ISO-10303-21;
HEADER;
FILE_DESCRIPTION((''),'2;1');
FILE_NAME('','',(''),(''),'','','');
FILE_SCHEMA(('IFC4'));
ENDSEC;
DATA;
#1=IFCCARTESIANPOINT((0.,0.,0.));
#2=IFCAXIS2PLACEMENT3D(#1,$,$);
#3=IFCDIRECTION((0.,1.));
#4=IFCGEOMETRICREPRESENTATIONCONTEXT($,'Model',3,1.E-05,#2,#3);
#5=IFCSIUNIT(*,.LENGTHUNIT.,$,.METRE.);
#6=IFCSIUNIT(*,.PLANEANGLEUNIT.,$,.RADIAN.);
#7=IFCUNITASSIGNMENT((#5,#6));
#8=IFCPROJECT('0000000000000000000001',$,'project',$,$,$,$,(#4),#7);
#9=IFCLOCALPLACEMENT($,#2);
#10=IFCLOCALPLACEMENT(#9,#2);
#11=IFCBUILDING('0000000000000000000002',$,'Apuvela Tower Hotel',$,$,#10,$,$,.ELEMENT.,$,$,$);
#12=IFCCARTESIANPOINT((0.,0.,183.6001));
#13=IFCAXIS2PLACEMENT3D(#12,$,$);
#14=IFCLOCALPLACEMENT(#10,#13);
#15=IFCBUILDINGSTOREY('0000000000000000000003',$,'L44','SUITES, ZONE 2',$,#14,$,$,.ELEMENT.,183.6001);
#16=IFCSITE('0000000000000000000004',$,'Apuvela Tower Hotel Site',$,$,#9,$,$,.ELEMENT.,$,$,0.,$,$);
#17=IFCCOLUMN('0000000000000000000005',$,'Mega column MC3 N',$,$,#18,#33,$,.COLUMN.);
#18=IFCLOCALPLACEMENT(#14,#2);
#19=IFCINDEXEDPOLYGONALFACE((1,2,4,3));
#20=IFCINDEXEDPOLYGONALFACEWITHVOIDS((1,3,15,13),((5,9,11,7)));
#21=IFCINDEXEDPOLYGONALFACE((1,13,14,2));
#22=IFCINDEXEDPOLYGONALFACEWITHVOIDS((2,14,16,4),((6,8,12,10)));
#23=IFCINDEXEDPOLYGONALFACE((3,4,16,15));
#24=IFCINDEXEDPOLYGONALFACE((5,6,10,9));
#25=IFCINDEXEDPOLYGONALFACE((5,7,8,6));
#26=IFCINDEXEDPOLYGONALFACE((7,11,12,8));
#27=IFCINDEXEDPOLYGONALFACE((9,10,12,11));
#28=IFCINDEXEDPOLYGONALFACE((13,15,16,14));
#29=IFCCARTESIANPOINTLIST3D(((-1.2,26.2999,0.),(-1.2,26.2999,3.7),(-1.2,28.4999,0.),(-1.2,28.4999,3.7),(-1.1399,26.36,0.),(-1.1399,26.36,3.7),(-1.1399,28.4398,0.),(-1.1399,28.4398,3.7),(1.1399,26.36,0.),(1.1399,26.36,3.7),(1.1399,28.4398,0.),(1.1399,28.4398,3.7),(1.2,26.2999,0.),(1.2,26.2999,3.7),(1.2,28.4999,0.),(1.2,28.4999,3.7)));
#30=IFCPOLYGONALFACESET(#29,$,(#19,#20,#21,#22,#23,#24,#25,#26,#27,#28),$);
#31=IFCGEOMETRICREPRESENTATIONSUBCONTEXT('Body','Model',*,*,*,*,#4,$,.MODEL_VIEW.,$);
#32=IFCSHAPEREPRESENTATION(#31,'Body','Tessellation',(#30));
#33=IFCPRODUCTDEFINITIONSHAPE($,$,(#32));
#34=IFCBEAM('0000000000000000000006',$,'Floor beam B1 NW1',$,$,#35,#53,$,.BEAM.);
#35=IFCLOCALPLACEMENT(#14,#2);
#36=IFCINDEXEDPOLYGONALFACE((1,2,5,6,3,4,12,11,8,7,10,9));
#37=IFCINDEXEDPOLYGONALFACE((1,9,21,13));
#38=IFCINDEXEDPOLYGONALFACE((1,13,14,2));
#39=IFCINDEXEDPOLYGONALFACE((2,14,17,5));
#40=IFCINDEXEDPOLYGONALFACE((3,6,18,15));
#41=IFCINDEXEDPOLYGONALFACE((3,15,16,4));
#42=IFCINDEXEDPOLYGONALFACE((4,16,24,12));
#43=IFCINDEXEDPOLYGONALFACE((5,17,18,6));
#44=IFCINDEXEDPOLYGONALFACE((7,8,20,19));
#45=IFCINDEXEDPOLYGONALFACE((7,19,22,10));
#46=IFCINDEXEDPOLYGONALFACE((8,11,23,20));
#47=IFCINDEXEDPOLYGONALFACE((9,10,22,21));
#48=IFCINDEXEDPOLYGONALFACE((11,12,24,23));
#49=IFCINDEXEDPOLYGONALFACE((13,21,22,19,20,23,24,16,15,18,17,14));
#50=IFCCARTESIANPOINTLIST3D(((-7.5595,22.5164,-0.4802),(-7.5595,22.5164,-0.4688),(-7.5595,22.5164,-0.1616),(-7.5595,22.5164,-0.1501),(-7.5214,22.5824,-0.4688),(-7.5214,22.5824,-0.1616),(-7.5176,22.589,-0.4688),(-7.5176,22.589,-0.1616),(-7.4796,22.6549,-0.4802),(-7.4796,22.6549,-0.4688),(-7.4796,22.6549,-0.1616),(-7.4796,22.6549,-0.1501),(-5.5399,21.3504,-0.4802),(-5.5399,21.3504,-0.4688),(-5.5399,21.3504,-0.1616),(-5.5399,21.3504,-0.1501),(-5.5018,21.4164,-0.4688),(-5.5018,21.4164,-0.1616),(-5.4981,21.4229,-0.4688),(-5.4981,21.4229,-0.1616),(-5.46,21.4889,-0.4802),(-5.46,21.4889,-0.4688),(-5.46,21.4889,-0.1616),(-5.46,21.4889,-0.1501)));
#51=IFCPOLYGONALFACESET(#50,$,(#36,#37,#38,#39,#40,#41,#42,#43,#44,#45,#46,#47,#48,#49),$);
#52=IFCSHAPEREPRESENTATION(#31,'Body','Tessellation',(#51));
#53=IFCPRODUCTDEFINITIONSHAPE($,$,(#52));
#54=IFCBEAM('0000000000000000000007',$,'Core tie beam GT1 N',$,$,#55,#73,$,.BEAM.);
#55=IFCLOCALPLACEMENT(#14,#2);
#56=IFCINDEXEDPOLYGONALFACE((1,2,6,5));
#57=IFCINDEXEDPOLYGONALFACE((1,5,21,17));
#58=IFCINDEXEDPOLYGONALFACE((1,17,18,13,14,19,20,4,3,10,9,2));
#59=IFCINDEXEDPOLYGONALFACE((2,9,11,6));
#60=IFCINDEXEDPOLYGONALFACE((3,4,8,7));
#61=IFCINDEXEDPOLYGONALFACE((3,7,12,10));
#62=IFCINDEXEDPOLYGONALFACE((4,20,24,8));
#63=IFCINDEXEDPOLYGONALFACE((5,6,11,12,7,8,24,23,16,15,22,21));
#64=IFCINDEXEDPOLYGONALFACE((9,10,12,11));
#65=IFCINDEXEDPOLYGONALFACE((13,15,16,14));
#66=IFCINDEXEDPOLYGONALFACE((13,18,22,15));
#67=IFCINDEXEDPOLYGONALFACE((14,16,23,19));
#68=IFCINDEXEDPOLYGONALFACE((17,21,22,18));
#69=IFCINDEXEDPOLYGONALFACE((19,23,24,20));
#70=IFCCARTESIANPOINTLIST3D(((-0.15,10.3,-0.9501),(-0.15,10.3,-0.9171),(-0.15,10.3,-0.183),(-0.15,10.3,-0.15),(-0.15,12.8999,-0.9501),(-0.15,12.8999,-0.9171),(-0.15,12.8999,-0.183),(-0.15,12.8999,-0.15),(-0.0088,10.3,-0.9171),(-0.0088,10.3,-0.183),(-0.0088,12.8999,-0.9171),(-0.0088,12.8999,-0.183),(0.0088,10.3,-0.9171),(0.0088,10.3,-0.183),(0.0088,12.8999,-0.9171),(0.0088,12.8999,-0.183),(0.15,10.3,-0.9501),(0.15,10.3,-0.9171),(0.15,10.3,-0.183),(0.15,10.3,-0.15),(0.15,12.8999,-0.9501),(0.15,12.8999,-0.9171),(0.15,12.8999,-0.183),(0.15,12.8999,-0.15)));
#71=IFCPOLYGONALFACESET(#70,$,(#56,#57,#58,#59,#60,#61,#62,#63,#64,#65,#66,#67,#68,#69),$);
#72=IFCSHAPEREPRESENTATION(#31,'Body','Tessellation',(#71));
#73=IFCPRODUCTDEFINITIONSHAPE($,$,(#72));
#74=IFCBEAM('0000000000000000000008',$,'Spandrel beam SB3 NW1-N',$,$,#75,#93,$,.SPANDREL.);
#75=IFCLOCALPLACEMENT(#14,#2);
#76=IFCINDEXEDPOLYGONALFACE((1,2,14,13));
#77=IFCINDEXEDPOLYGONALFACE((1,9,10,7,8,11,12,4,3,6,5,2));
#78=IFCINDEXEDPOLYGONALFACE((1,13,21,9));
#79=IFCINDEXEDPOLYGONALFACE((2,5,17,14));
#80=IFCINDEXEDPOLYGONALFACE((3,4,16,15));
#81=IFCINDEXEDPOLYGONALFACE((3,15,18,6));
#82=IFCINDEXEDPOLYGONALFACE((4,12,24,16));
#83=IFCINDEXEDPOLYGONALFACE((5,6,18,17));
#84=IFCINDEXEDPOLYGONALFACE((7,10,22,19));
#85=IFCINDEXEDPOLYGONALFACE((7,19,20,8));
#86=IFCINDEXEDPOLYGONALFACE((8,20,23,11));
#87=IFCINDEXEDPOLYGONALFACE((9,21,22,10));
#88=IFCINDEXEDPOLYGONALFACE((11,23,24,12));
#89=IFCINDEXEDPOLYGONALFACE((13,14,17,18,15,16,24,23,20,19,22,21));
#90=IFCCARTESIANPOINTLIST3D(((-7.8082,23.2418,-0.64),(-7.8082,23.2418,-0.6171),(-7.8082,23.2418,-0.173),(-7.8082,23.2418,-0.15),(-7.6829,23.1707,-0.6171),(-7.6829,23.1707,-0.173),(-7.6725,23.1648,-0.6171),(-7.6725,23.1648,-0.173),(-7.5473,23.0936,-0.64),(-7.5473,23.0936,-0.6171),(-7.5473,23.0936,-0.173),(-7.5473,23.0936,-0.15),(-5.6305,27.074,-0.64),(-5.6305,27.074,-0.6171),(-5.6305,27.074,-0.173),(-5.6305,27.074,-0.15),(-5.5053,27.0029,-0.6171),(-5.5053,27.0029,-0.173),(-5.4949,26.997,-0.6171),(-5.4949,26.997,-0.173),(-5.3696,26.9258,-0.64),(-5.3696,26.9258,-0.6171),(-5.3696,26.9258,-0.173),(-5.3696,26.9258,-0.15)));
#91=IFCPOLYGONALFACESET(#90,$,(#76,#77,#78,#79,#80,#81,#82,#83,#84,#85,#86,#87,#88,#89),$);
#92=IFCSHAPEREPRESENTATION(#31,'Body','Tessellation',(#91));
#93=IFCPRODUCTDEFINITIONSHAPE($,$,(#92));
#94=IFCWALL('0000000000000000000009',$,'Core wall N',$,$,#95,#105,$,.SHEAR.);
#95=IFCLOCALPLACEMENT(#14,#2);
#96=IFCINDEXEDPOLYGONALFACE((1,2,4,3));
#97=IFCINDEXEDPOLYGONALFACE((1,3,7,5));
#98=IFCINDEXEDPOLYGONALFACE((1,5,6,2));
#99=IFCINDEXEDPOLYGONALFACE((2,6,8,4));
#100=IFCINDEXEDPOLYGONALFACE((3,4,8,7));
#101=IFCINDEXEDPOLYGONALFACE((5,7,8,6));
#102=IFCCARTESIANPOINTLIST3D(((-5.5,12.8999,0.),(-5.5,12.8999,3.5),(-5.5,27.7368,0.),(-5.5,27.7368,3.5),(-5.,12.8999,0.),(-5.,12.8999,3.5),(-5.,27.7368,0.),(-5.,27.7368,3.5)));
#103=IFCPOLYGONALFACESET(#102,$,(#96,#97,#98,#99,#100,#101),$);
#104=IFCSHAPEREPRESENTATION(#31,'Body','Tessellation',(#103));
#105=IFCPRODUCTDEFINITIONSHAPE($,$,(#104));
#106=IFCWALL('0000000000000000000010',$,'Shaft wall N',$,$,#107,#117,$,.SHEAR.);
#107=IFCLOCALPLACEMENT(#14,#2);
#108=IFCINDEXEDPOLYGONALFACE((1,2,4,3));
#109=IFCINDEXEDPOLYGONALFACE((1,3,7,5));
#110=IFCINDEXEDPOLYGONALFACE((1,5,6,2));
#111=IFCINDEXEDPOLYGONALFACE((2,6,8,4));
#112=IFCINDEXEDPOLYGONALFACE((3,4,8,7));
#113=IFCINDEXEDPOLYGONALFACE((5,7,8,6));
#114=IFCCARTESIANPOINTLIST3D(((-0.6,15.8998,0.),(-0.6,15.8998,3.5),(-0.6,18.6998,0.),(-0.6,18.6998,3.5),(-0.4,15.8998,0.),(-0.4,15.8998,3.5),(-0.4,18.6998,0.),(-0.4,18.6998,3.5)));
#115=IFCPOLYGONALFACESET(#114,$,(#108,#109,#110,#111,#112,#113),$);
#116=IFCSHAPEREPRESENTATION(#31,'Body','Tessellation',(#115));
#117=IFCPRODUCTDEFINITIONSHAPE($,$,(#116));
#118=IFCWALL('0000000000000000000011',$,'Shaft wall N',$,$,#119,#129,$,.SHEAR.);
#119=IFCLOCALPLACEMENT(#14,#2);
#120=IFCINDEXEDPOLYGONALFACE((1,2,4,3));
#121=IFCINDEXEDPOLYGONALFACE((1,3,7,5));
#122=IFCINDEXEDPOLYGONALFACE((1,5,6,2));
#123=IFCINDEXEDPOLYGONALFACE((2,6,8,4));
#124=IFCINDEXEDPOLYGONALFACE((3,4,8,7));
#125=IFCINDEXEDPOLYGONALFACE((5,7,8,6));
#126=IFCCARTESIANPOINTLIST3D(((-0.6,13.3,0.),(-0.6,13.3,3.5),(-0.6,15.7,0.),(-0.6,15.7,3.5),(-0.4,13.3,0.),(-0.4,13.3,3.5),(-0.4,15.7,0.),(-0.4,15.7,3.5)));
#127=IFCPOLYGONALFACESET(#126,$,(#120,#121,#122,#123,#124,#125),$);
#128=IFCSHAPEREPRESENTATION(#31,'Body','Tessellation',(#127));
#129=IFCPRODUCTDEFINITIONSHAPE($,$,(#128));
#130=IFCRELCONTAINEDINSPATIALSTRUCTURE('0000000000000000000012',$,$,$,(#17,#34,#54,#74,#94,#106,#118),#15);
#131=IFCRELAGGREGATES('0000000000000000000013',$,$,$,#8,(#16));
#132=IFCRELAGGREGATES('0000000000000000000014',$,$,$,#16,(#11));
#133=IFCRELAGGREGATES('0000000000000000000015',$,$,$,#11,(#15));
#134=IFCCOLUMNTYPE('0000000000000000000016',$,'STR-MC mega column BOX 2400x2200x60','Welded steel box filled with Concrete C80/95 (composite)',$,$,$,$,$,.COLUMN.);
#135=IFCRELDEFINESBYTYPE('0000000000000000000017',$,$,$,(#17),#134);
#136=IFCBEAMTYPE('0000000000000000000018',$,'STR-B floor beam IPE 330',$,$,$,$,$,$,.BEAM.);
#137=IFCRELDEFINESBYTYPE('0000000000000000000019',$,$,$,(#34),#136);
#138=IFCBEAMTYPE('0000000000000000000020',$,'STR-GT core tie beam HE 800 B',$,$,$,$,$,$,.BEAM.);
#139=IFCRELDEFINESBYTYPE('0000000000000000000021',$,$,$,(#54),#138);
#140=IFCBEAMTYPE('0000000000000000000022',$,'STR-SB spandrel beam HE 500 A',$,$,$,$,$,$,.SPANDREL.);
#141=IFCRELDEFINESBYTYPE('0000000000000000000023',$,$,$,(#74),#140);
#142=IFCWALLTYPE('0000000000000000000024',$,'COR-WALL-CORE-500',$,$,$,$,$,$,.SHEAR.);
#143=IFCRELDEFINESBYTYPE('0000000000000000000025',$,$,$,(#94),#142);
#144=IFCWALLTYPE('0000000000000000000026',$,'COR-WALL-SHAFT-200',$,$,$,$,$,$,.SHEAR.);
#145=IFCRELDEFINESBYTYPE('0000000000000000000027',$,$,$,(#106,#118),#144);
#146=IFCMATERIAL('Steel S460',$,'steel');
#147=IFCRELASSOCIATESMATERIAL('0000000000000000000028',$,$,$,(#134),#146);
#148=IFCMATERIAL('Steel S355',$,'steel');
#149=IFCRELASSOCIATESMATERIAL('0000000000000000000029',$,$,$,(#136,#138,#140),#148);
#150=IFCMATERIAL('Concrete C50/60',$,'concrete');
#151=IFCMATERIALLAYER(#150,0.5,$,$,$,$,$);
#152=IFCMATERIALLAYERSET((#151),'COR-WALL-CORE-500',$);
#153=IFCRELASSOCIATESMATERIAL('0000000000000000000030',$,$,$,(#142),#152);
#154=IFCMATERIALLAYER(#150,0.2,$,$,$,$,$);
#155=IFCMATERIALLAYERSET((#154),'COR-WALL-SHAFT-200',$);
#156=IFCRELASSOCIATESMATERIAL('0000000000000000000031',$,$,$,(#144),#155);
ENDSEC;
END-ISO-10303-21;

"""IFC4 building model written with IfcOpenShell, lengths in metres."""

from ifc_helpers import new_model, si_unit, direction, frame, frame_2d, origin, origin_2d, place, context, subcontext, project, spatial, rectangle, hollow_rectangle, i_section, extrude, material, layer, layer_set, material_profile, profile_set, type_object, element, save


model = new_model("IFC4")

# Units and contexts
model_context = context("Model", 3, precision=1e-05, world=origin(), true_north=direction((0.0, 1.0)))
body_context = subcontext(model_context, "Body", "Model", "MODEL_VIEW")
ifc_project = project(units=[si_unit("LENGTHUNIT", "METRE"), si_unit("PLANEANGLEUNIT", "RADIAN")], contexts=[model_context])

# Site, building, storey
site_placement = place(None, origin())
site = spatial("IfcSite", under=ifc_project, at=site_placement, Name="Apuvela Tower Hotel Site", CompositionType="ELEMENT", RefElevation=0.0)
building_placement = place(site_placement, origin())
building = spatial("IfcBuilding", under=site, at=building_placement, Name="Apuvela Tower Hotel", CompositionType="ELEMENT")
storey_placement = place(building_placement, frame((0.0, 0.0, 183.6001)))
storey = spatial("IfcBuildingStorey", under=building, at=storey_placement, Name="L44", Description="SUITES, ZONE 2", CompositionType="ELEMENT", Elevation=183.6001)

# Column
ifc_material_1 = material(Name="Steel S460", Category="steel")
ifc_material_profile_1 = material_profile(ifc_material_1, hollow_rectangle(XDim=2.3999, YDim=2.2, WallThickness=0.0601, at=origin_2d()), Name="BOX 2400x2200x60")
ifc_material_2 = material(Name="Concrete C80/95", Category="concrete")
ifc_material_profile_2 = material_profile(ifc_material_2, rectangle(XDim=2.28, YDim=2.0801, at=origin_2d()), Name="Concrete C80/95 infill")
ifc_profile_set_1 = profile_set([ifc_material_profile_1, ifc_material_profile_2], Name="Steel S460")
column_type = type_object("IfcColumnType", Name="STR-MC mega column BOX 2400x2200x60", Description="Welded steel box filled with Concrete C80/95 (composite)", PredefinedType="COLUMN", material=ifc_profile_set_1)
column_placement = place(storey_placement, frame((0.0, 27.3999, 0.0), z_axis=(0.0, 0.0, 1.0), x_axis=(1.0, 0.0, 0.0)))
element("IfcColumn", 1, at=column_placement, inside=storey, type_object=column_type, Name="Mega column MC3 N", PredefinedType="COLUMN", context=body_context, shape_type="SweptSolid", body=[
    extrude(hollow_rectangle(XDim=2.3999, YDim=2.2, WallThickness=0.0601, at=origin_2d()), origin(), (0.0, 0.0, 1.0), 3.7),
])

# Beams
ifc_material_3 = material(Name="Steel S355", Category="steel")
ifc_material_profile_3 = material_profile(ifc_material_3, i_section(OverallWidth=0.1599, OverallDepth=0.3301, WebThickness=0.0076, FlangeThickness=0.0115, at=origin_2d()), Name="IPE 330")
ifc_profile_set_2 = profile_set([ifc_material_profile_3], Name="Steel S355")
beam_type_1 = type_object("IfcBeamType", Name="STR-B floor beam IPE 330", PredefinedType="BEAM", material=ifc_profile_set_2)
beam_1_placement = place(storey_placement, frame((-7.5195, 22.5857, -0.3152), z_axis=(0.866018, -0.500012, 0.0), x_axis=(0.500012, 0.866018, 0.0)))
element("IfcBeam", 2, at=beam_1_placement, inside=storey, type_object=beam_type_1, Name="Floor beam B1 NW1", PredefinedType="BEAM", context=body_context, shape_type="SweptSolid", body=[
    extrude(i_section(OverallWidth=0.1599, OverallDepth=0.3301, WebThickness=0.0076, FlangeThickness=0.0115, at=origin_2d()), origin(), (0.0, 0.0, 1.0), 2.332),
])
ifc_material_profile_4 = material_profile(ifc_material_3, i_section(OverallWidth=0.3, OverallDepth=0.8, WebThickness=0.0176, FlangeThickness=0.033, at=origin_2d()), Name="HE 800 B")
ifc_profile_set_3 = profile_set([ifc_material_profile_4], Name="Steel S355")
beam_type_2 = type_object("IfcBeamType", Name="STR-GT core tie beam HE 800 B", PredefinedType="BEAM", material=ifc_profile_set_3)
beam_2_placement = place(storey_placement, frame((0.0, 12.8999, -0.55), z_axis=(0.0, -1.0, 0.0), x_axis=(1.0, 0.0, 0.0)))
element("IfcBeam", 3, at=beam_2_placement, inside=storey, type_object=beam_type_2, Name="Core tie beam GT1 N", PredefinedType="BEAM", context=body_context, shape_type="SweptSolid", body=[
    extrude(i_section(OverallWidth=0.3, OverallDepth=0.8, WebThickness=0.0176, FlangeThickness=0.033, at=origin_2d()), origin(), (0.0, 0.0, 1.0), 2.5999),
])
ifc_material_profile_5 = material_profile(ifc_material_3, i_section(OverallWidth=0.3, OverallDepth=0.49, WebThickness=0.012, FlangeThickness=0.0229, at=origin_2d()), Name="HE 500 A")
ifc_profile_set_4 = profile_set([ifc_material_profile_5], Name="Steel S355")
beam_type_3 = type_object("IfcBeamType", Name="STR-SB spandrel beam HE 500 A", PredefinedType="SPANDREL", material=ifc_profile_set_4)
beam_3_placement = place(storey_placement, frame((-7.6777, 23.1677, -0.395), z_axis=(0.494062, 0.869427, 0.0), x_axis=(-0.869427, 0.494062, 0.0)))
element("IfcBeam", 4, at=beam_3_placement, inside=storey, type_object=beam_type_3, Name="Spandrel beam SB3 NW1-N", PredefinedType="SPANDREL", context=body_context, shape_type="SweptSolid", body=[
    extrude(i_section(OverallWidth=0.3, OverallDepth=0.49, WebThickness=0.012, FlangeThickness=0.0229, at=origin_2d()), origin(), (0.0, 0.0, 1.0), 4.4077),
])

# Walls
ifc_material_4 = material(Name="Concrete C50/60", Category="concrete")
ifc_layer_1 = layer(ifc_material_4, 0.5)
ifc_layer_set_1 = layer_set([ifc_layer_1], Name="COR-WALL-CORE-500")
wall_type_1 = type_object("IfcWallType", Name="COR-WALL-CORE-500", PredefinedType="SHEAR", material=ifc_layer_set_1)
wall_1_placement = place(storey_placement, frame((-5.25, 12.8999, 0.0), z_axis=(0.0, 0.0, 1.0), x_axis=(0.0, 1.0, 0.0)))
element("IfcWall", 5, at=wall_1_placement, inside=storey, type_object=wall_type_1, Name="Core wall N", PredefinedType="SHEAR", context=body_context, shape_type="SweptSolid", body=[
    extrude(rectangle(XDim=14.8369, YDim=0.5, at=frame_2d((7.4185, 0.0))), origin(), (0.0, 0.0, 1.0), 3.5),
])
ifc_layer_2 = layer(ifc_material_4, 0.2)
ifc_layer_set_2 = layer_set([ifc_layer_2], Name="COR-WALL-SHAFT-200")
wall_type_2 = type_object("IfcWallType", Name="COR-WALL-SHAFT-200", PredefinedType="SHEAR", material=ifc_layer_set_2)
wall_2_placement = place(storey_placement, frame((-0.5, 15.8999, 0.0), z_axis=(0.0, 0.0, 1.0), x_axis=(0.0, 1.0, 0.0)))
element("IfcWall", 6, at=wall_2_placement, inside=storey, type_object=wall_type_2, Name="Shaft wall N", PredefinedType="SHEAR", context=body_context, shape_type="SweptSolid", body=[
    extrude(rectangle(XDim=2.8, YDim=0.2, at=frame_2d((1.3999, 0.0))), origin(), (0.0, 0.0, 1.0), 3.5),
])
wall_3_placement = place(storey_placement, frame((-0.5, 13.3, 0.0), z_axis=(0.0, 0.0, 1.0), x_axis=(0.0, 1.0, 0.0)))
element("IfcWall", 7, at=wall_3_placement, inside=storey, type_object=wall_type_2, Name="Shaft wall N", PredefinedType="SHEAR", context=body_context, shape_type="SweptSolid", body=[
    extrude(rectangle(XDim=2.3999, YDim=0.2, at=frame_2d((1.2, 0.0))), origin(), (0.0, 0.0, 1.0), 3.5),
])

save(model, "model.ifc")
